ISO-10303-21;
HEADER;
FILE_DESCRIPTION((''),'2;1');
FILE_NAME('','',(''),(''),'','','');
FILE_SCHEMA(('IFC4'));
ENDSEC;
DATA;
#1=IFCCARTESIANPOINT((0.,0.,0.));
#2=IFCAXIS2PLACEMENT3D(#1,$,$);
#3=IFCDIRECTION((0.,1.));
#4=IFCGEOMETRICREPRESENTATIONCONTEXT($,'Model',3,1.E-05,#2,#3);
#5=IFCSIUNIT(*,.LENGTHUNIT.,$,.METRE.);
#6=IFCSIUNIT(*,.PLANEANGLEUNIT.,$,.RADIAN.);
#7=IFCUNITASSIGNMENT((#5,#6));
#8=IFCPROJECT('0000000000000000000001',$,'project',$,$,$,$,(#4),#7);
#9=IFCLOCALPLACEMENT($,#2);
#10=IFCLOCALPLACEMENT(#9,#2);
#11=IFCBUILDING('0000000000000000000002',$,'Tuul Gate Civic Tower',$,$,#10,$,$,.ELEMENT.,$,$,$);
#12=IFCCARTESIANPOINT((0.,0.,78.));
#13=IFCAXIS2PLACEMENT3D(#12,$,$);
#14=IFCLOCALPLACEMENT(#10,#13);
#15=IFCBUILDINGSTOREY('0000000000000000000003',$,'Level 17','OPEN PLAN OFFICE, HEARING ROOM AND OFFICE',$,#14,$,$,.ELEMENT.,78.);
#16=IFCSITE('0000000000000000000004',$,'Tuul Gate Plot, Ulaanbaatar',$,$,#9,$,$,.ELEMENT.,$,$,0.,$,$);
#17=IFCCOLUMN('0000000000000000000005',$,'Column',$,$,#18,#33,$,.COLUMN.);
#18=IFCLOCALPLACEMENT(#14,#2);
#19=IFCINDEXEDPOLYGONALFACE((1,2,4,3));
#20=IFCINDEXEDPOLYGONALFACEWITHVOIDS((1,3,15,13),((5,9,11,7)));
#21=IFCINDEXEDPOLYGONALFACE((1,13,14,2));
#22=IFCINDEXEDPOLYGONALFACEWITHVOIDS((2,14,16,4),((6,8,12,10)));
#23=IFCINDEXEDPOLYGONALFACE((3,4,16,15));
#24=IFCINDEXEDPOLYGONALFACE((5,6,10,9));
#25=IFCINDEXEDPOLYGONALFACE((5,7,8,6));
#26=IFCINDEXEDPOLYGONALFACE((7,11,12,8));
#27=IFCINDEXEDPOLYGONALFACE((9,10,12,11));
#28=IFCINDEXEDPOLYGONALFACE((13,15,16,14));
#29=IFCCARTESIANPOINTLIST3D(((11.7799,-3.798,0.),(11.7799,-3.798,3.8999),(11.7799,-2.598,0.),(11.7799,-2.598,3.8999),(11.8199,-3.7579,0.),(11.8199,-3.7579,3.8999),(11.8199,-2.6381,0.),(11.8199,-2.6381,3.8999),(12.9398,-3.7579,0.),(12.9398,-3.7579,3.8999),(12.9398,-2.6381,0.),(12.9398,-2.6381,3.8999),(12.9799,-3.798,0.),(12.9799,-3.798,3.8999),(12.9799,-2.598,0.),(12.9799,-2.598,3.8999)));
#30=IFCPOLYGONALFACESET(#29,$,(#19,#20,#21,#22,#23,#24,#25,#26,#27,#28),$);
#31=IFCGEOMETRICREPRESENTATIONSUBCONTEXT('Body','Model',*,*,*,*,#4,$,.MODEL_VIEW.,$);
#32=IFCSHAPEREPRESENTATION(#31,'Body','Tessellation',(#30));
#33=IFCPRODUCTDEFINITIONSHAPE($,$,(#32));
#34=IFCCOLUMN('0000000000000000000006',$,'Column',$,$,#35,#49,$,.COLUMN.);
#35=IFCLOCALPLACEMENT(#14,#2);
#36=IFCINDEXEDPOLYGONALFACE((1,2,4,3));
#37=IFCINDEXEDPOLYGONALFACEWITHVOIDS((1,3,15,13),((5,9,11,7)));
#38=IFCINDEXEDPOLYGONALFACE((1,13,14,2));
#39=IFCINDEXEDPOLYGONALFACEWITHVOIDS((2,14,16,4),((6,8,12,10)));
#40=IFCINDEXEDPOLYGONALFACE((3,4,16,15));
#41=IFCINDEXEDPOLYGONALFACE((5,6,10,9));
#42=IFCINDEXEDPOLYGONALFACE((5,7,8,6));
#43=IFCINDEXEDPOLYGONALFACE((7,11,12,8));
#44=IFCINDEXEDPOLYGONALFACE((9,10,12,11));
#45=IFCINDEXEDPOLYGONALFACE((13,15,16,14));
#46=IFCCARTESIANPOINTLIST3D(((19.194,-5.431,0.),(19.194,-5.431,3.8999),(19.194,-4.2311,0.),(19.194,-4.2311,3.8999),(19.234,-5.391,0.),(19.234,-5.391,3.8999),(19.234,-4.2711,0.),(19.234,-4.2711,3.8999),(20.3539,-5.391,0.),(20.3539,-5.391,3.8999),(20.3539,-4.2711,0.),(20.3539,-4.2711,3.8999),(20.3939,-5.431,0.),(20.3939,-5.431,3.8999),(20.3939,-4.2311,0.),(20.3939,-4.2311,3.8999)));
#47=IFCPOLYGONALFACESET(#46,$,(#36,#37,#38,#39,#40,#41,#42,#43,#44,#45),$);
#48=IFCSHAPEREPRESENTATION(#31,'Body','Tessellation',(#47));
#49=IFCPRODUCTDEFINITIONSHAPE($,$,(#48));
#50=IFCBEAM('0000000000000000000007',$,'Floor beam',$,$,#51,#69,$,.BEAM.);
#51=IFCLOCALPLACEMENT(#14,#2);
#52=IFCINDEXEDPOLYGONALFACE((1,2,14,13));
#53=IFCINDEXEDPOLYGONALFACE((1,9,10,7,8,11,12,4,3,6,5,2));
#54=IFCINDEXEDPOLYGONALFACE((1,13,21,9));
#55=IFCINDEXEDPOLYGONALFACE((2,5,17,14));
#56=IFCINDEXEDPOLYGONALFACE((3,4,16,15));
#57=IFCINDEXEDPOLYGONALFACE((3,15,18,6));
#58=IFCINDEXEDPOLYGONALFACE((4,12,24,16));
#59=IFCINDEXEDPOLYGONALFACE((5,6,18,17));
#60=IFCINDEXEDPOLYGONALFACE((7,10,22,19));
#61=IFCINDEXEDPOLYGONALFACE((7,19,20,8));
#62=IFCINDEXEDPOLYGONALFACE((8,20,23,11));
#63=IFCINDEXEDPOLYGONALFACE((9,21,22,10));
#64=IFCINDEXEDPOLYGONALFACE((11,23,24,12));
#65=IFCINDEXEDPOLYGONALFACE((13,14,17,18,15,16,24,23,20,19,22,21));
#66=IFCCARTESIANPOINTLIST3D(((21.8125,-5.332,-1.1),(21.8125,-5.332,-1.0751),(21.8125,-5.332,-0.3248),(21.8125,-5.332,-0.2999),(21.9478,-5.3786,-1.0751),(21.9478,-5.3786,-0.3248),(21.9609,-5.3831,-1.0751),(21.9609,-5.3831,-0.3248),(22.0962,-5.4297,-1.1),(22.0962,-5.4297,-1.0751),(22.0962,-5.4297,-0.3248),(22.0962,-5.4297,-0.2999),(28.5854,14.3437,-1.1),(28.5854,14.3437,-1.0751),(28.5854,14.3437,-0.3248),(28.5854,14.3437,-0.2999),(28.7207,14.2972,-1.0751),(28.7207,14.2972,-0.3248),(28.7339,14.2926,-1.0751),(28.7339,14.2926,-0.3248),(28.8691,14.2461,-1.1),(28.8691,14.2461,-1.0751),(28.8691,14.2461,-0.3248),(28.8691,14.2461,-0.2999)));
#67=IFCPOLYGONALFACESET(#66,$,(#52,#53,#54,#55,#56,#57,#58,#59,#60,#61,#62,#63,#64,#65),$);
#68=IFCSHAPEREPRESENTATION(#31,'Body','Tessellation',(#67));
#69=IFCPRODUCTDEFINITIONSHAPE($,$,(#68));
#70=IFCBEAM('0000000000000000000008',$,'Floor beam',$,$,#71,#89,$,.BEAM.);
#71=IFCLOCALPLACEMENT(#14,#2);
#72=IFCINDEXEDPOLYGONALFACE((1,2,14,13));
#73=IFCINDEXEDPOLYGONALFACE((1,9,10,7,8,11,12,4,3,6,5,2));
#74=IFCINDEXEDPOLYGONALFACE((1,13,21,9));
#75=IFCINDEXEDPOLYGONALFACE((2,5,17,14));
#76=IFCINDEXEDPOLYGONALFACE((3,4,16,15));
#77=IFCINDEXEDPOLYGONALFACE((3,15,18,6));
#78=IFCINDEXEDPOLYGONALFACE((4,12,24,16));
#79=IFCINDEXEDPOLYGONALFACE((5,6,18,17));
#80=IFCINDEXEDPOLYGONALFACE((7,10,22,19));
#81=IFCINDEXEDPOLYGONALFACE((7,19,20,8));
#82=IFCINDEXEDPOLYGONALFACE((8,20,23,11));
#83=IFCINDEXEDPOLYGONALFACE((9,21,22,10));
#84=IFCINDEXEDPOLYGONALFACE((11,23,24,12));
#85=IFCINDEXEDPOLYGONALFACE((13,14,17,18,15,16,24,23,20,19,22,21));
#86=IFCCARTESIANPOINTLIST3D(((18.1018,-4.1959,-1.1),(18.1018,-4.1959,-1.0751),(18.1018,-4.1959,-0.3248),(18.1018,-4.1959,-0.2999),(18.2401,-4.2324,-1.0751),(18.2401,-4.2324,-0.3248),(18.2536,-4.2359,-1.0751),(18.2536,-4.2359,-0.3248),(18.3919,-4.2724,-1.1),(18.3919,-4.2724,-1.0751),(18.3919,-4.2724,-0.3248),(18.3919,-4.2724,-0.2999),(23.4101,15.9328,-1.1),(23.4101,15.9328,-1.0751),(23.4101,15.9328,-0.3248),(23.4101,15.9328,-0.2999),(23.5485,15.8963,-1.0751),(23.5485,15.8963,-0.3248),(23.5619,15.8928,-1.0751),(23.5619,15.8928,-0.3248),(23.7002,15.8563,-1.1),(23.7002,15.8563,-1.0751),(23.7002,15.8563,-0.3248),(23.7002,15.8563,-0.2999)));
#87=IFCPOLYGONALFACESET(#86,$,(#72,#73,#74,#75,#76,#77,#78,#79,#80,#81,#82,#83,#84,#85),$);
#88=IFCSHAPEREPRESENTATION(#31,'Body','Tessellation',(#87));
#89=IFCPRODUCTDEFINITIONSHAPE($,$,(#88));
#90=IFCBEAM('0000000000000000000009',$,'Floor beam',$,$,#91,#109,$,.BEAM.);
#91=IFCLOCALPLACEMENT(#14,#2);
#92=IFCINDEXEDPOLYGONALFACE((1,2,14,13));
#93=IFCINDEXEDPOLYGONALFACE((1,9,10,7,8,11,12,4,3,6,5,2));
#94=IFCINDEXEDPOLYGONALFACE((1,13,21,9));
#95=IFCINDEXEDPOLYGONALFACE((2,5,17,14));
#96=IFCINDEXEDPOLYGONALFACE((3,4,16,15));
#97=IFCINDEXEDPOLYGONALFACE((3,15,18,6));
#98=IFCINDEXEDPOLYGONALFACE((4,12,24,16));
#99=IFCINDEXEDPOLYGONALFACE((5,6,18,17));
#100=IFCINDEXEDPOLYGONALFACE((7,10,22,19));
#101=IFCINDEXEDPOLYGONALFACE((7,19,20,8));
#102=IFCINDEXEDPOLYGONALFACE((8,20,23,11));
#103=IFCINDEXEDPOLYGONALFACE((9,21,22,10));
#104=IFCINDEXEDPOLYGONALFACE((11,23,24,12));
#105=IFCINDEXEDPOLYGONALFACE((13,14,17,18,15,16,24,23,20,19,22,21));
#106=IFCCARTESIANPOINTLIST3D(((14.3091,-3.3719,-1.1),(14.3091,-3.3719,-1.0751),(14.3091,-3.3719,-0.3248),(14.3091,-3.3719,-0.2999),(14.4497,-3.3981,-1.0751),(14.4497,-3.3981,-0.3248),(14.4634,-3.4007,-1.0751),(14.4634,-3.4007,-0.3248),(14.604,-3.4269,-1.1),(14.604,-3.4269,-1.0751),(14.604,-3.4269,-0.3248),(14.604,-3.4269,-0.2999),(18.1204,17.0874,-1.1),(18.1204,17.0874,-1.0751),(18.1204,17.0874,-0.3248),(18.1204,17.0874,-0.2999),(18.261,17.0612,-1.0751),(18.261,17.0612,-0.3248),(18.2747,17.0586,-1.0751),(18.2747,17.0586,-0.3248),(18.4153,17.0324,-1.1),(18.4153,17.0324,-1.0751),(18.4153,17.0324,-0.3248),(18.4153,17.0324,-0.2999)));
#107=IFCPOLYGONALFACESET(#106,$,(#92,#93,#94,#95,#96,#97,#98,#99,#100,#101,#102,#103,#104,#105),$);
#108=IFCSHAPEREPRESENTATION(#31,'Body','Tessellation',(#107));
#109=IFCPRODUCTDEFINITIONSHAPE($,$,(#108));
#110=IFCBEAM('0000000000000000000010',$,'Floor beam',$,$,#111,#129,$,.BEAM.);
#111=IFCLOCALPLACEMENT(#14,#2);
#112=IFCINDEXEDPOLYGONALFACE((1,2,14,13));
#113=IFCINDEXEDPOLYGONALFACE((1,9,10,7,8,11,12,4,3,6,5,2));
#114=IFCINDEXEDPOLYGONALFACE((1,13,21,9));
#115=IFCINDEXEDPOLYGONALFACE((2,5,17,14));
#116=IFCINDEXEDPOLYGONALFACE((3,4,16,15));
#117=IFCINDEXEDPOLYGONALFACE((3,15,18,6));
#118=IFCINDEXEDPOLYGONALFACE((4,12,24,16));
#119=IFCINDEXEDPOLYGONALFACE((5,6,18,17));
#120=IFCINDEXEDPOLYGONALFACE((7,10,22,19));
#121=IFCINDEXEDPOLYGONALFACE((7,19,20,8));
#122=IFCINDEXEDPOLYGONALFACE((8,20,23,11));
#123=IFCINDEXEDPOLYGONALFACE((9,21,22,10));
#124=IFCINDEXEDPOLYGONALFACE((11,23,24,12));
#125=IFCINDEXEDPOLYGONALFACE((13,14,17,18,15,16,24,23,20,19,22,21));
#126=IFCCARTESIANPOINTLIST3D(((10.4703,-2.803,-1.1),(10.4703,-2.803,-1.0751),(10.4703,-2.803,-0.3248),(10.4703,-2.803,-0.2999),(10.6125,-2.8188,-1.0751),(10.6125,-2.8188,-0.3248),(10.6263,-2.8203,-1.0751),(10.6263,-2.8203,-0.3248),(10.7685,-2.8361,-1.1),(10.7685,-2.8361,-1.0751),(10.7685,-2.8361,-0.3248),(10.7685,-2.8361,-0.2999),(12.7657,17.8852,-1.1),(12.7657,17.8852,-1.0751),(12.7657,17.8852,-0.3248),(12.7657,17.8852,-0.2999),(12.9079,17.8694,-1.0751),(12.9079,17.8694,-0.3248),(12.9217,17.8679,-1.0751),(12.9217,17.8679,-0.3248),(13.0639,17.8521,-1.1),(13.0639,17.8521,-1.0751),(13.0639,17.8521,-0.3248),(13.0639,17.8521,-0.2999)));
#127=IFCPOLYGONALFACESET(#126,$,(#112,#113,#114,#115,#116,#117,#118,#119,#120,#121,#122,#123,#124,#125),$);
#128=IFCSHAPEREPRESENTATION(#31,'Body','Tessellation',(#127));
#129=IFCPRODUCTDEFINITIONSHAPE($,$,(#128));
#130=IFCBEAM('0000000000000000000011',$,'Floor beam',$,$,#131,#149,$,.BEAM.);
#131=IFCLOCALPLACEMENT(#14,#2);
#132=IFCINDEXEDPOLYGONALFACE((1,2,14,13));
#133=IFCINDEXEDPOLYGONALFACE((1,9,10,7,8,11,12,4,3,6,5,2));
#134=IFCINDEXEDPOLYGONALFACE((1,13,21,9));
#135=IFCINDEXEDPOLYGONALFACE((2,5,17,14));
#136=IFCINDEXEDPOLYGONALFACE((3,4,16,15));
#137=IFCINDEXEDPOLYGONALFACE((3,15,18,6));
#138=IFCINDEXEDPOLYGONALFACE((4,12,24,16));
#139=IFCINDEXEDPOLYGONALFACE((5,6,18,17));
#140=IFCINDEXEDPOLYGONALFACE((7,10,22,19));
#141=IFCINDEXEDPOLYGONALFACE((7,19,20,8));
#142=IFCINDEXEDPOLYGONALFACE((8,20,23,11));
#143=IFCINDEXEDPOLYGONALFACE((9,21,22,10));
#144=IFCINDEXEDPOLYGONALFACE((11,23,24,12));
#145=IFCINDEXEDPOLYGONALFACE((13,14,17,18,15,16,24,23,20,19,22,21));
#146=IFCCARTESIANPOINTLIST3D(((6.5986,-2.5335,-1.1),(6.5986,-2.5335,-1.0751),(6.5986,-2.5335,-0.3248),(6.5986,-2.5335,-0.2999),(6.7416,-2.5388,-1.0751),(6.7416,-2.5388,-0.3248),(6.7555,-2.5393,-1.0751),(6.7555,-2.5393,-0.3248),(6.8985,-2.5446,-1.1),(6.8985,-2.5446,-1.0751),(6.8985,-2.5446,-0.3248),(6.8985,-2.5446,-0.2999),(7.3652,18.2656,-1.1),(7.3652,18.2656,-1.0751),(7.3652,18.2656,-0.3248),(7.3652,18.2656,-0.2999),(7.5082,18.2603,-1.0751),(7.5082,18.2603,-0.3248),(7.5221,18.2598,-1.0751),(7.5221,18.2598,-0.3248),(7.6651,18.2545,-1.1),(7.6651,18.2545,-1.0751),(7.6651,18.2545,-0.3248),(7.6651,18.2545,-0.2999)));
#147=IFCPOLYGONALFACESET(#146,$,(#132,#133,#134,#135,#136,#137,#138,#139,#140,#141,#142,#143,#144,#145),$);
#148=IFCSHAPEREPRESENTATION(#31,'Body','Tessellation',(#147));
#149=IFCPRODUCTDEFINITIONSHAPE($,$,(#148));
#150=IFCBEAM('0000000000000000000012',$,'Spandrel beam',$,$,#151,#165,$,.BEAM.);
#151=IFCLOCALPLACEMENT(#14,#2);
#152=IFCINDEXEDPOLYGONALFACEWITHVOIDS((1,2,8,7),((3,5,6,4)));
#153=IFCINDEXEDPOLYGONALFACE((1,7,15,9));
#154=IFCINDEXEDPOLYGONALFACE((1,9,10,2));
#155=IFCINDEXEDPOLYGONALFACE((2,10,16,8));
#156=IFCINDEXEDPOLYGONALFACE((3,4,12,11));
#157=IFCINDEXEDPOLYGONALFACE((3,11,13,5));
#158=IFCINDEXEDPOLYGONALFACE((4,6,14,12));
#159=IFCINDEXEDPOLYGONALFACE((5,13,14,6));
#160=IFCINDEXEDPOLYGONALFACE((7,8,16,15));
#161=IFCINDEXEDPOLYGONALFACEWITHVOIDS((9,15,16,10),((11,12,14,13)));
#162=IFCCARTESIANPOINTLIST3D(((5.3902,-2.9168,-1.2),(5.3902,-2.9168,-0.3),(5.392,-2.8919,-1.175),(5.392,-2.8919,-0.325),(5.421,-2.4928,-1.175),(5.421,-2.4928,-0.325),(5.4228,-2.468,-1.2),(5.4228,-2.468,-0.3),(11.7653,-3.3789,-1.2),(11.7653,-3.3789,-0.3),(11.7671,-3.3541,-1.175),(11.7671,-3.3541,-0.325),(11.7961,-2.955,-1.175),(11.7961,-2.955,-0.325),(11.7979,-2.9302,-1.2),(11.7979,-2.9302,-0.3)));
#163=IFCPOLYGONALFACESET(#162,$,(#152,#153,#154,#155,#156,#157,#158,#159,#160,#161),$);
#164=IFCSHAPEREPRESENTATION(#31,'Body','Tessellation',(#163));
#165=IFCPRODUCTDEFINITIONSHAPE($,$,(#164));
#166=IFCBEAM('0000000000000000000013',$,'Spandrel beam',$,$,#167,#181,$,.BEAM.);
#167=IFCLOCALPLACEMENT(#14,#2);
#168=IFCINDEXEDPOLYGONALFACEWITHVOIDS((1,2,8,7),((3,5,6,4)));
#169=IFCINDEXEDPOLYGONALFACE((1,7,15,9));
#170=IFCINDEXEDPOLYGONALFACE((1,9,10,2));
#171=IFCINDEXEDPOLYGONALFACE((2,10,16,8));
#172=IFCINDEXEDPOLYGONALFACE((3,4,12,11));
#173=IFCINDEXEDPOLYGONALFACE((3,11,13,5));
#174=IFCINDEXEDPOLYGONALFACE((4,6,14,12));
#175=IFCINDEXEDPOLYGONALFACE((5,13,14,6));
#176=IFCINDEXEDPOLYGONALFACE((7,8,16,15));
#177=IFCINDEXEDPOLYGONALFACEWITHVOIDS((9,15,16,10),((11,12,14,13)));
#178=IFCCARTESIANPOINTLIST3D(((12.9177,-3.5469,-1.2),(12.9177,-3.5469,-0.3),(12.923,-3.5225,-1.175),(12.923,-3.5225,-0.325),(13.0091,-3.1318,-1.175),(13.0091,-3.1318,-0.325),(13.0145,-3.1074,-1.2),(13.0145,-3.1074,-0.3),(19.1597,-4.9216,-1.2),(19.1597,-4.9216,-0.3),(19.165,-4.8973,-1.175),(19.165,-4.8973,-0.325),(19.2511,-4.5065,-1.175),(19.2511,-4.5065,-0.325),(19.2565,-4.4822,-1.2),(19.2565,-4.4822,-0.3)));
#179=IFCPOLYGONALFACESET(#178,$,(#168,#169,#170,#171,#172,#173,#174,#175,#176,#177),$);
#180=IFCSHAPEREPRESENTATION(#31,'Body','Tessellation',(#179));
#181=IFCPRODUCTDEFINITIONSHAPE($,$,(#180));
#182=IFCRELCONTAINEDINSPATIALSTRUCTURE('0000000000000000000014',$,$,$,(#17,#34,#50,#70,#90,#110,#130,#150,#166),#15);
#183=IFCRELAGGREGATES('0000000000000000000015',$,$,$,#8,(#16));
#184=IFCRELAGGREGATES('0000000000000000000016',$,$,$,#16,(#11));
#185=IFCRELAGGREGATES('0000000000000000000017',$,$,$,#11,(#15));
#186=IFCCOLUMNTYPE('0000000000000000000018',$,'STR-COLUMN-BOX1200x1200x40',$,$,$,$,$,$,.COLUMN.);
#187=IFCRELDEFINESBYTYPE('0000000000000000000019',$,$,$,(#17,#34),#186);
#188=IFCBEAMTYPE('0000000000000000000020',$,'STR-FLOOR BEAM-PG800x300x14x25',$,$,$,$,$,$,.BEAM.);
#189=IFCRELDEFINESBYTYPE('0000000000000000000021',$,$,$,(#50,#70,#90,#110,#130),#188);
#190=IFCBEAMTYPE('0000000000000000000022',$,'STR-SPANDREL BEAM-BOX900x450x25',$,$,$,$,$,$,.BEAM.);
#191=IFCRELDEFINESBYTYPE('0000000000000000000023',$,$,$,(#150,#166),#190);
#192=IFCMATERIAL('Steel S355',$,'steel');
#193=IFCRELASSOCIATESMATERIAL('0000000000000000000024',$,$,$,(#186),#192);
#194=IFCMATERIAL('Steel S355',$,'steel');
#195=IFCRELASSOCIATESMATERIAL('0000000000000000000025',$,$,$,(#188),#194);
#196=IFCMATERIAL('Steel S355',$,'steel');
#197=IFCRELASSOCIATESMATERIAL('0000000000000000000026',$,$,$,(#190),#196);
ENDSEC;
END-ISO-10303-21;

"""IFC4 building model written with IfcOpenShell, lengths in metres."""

from ifc_helpers import new_model, si_unit, direction, frame, origin, origin_2d, place, context, subcontext, project, spatial, hollow_rectangle, i_section, extrude, material, material_profile, profile_set, type_object, element, save


model = new_model("IFC4")

# Units and contexts
model_context = context("Model", 3, precision=1e-05, world=origin(), true_north=direction((0.0, 1.0)))
body_context = subcontext(model_context, "Body", "Model", "MODEL_VIEW")
ifc_project = project(units=[si_unit("LENGTHUNIT", "METRE"), si_unit("PLANEANGLEUNIT", "RADIAN")], contexts=[model_context])

# Site, building, storey
site_placement = place(None, origin())
site = spatial("IfcSite", under=ifc_project, at=site_placement, Name="Tuul Gate Plot, Ulaanbaatar", CompositionType="ELEMENT", RefElevation=0.0)
building_placement = place(site_placement, origin())
building = spatial("IfcBuilding", under=site, at=building_placement, Name="Tuul Gate Civic Tower", CompositionType="ELEMENT")
storey_placement = place(building_placement, frame((0.0, 0.0, 78.0)))
storey = spatial("IfcBuildingStorey", under=building, at=storey_placement, Name="Level 17", Description="OPEN PLAN OFFICE, HEARING ROOM AND OFFICE", CompositionType="ELEMENT", Elevation=78.0)

# Columns
ifc_material_1 = material(Name="Steel S355", Category="steel")
ifc_material_profile_1 = material_profile(ifc_material_1, hollow_rectangle(XDim=1.2, YDim=1.2, WallThickness=0.04, at=origin_2d()), Name="BOX1200x1200x40")
ifc_profile_set_1 = profile_set([ifc_material_profile_1], Name="Steel S355")
column_type = type_object("IfcColumnType", Name="STR-COLUMN-BOX1200x1200x40", PredefinedType="COLUMN", material=ifc_profile_set_1)
for number, where, z_axis, x_axis, name in (
    (1, (12.3799, -3.198, 0.0), (0.0, 0.0, 1.0), (1.0, 0.0, 0.0), "Column"),
    (2, (19.7939, -4.8311, 0.0), (0.0, 0.0, 1.0), (1.0, 0.0, 0.0), "Column"),
):
    element("IfcColumn", number, at=place(storey_placement, frame(where, z_axis=z_axis, x_axis=x_axis)), inside=storey, type_object=column_type, Name=name, PredefinedType="COLUMN", context=body_context, shape_type="SweptSolid", body=[
        extrude(hollow_rectangle(XDim=1.2, YDim=1.2, WallThickness=0.04, at=origin_2d()), origin(), (0.0, 0.0, 1.0), 3.8999),
    ])

# Beams
ifc_material_2 = material(Name="Steel S355", Category="steel")
ifc_material_profile_2 = material_profile(ifc_material_2, i_section(OverallWidth=0.3, OverallDepth=0.8, WebThickness=0.0139, FlangeThickness=0.0249, at=origin_2d()), Name="PG800x300x14x25")
ifc_profile_set_2 = profile_set([ifc_material_profile_2], Name="Steel S355")
beam_type_1 = type_object("IfcBeamType", Name="STR-FLOOR BEAM-PG800x300x14x25", PredefinedType="BEAM", material=ifc_profile_set_2)
beam_1_placement = place(storey_placement, frame((21.9543, -5.3809, -0.7), z_axis=(0.325484, 0.945548, 0.0), x_axis=(-0.945548, 0.325484, 0.0)))
element("IfcBeam", 3, at=beam_1_placement, inside=storey, type_object=beam_type_1, Name="Floor beam", PredefinedType="BEAM", context=body_context, shape_type="SweptSolid", body=[
    extrude(i_section(OverallWidth=0.3, OverallDepth=0.8, WebThickness=0.0139, FlangeThickness=0.0249, at=origin_2d()), origin(), (0.0, 0.0, 1.0), 20.8088),
])
beam_2_placement = place(storey_placement, frame((18.2468, -4.2341, -0.7), z_axis=(0.255002, 0.96694, 0.0), x_axis=(-0.96694, 0.255002, 0.0)))
element("IfcBeam", 4, at=beam_2_placement, inside=storey, type_object=beam_type_1, Name="Floor beam", PredefinedType="BEAM", context=body_context, shape_type="SweptSolid", body=[
    extrude(i_section(OverallWidth=0.3, OverallDepth=0.8, WebThickness=0.0139, FlangeThickness=0.0249, at=origin_2d()), origin(), (0.0, 0.0, 1.0), 20.8169),
])
beam_3_placement = place(storey_placement, frame((14.4565, -3.3994, -0.7), z_axis=(0.183136, 0.983088, 0.0), x_axis=(-0.983088, 0.183136, 0.0)))
element("IfcBeam", 5, at=beam_3_placement, inside=storey, type_object=beam_type_1, Name="Floor beam", PredefinedType="BEAM", context=body_context, shape_type="SweptSolid", body=[
    extrude(i_section(OverallWidth=0.3, OverallDepth=0.8, WebThickness=0.0139, FlangeThickness=0.0249, at=origin_2d()), origin(), (0.0, 0.0, 1.0), 20.8113),
])
beam_4_placement = place(storey_placement, frame((10.6194, -2.8196, -0.7), z_axis=(0.110276, 0.993901, 0.0), x_axis=(-0.993901, 0.110276, 0.0)))
element("IfcBeam", 6, at=beam_4_placement, inside=storey, type_object=beam_type_1, Name="Floor beam", PredefinedType="BEAM", context=body_context, shape_type="SweptSolid", body=[
    extrude(i_section(OverallWidth=0.3, OverallDepth=0.8, WebThickness=0.0139, FlangeThickness=0.0249, at=origin_2d()), origin(), (0.0, 0.0, 1.0), 20.8152),
])
beam_5_placement = place(storey_placement, frame((6.7485, -2.5391, -0.7), z_axis=(0.036832, 0.999321, 0.0), x_axis=(-0.999321, 0.036832, 0.0)))
element("IfcBeam", 7, at=beam_5_placement, inside=storey, type_object=beam_type_1, Name="Floor beam", PredefinedType="BEAM", context=body_context, shape_type="SweptSolid", body=[
    extrude(i_section(OverallWidth=0.3, OverallDepth=0.8, WebThickness=0.0139, FlangeThickness=0.0249, at=origin_2d()), origin(), (0.0, 0.0, 1.0), 20.8132),
])
ifc_material_3 = material(Name="Steel S355", Category="steel")
ifc_material_profile_3 = material_profile(ifc_material_3, hollow_rectangle(XDim=0.45, YDim=0.8999, WallThickness=0.0249, at=origin_2d()), Name="BOX900x450x25")
ifc_profile_set_3 = profile_set([ifc_material_profile_3], Name="Steel S355")
beam_type_2 = type_object("IfcBeamType", Name="STR-SPANDREL BEAM-BOX900x450x25", PredefinedType="BEAM", material=ifc_profile_set_3)
beam_6_placement = place(storey_placement, frame((5.4065, -2.6924, -0.75), z_axis=(0.997383, -0.072306, 0.0), x_axis=(0.072306, 0.997383, 0.0)))
element("IfcBeam", 8, at=beam_6_placement, inside=storey, type_object=beam_type_2, Name="Spandrel beam", PredefinedType="BEAM", context=body_context, shape_type="SweptSolid", body=[
    extrude(hollow_rectangle(XDim=0.45, YDim=0.8999, WallThickness=0.0249, at=origin_2d()), origin(), (0.0, 0.0, 1.0), 6.3918),
])
beam_7_placement = place(storey_placement, frame((12.9661, -3.3271, -0.75), z_axis=(0.976594, -0.21509, 0.0), x_axis=(0.21509, 0.976594, 0.0)))
element("IfcBeam", 9, at=beam_7_placement, inside=storey, type_object=beam_type_2, Name="Spandrel beam", PredefinedType="BEAM", context=body_context, shape_type="SweptSolid", body=[
    extrude(hollow_rectangle(XDim=0.45, YDim=0.8999, WallThickness=0.0249, at=origin_2d()), origin(), (0.0, 0.0, 1.0), 6.3916),
])

save(model, "model.ifc")
